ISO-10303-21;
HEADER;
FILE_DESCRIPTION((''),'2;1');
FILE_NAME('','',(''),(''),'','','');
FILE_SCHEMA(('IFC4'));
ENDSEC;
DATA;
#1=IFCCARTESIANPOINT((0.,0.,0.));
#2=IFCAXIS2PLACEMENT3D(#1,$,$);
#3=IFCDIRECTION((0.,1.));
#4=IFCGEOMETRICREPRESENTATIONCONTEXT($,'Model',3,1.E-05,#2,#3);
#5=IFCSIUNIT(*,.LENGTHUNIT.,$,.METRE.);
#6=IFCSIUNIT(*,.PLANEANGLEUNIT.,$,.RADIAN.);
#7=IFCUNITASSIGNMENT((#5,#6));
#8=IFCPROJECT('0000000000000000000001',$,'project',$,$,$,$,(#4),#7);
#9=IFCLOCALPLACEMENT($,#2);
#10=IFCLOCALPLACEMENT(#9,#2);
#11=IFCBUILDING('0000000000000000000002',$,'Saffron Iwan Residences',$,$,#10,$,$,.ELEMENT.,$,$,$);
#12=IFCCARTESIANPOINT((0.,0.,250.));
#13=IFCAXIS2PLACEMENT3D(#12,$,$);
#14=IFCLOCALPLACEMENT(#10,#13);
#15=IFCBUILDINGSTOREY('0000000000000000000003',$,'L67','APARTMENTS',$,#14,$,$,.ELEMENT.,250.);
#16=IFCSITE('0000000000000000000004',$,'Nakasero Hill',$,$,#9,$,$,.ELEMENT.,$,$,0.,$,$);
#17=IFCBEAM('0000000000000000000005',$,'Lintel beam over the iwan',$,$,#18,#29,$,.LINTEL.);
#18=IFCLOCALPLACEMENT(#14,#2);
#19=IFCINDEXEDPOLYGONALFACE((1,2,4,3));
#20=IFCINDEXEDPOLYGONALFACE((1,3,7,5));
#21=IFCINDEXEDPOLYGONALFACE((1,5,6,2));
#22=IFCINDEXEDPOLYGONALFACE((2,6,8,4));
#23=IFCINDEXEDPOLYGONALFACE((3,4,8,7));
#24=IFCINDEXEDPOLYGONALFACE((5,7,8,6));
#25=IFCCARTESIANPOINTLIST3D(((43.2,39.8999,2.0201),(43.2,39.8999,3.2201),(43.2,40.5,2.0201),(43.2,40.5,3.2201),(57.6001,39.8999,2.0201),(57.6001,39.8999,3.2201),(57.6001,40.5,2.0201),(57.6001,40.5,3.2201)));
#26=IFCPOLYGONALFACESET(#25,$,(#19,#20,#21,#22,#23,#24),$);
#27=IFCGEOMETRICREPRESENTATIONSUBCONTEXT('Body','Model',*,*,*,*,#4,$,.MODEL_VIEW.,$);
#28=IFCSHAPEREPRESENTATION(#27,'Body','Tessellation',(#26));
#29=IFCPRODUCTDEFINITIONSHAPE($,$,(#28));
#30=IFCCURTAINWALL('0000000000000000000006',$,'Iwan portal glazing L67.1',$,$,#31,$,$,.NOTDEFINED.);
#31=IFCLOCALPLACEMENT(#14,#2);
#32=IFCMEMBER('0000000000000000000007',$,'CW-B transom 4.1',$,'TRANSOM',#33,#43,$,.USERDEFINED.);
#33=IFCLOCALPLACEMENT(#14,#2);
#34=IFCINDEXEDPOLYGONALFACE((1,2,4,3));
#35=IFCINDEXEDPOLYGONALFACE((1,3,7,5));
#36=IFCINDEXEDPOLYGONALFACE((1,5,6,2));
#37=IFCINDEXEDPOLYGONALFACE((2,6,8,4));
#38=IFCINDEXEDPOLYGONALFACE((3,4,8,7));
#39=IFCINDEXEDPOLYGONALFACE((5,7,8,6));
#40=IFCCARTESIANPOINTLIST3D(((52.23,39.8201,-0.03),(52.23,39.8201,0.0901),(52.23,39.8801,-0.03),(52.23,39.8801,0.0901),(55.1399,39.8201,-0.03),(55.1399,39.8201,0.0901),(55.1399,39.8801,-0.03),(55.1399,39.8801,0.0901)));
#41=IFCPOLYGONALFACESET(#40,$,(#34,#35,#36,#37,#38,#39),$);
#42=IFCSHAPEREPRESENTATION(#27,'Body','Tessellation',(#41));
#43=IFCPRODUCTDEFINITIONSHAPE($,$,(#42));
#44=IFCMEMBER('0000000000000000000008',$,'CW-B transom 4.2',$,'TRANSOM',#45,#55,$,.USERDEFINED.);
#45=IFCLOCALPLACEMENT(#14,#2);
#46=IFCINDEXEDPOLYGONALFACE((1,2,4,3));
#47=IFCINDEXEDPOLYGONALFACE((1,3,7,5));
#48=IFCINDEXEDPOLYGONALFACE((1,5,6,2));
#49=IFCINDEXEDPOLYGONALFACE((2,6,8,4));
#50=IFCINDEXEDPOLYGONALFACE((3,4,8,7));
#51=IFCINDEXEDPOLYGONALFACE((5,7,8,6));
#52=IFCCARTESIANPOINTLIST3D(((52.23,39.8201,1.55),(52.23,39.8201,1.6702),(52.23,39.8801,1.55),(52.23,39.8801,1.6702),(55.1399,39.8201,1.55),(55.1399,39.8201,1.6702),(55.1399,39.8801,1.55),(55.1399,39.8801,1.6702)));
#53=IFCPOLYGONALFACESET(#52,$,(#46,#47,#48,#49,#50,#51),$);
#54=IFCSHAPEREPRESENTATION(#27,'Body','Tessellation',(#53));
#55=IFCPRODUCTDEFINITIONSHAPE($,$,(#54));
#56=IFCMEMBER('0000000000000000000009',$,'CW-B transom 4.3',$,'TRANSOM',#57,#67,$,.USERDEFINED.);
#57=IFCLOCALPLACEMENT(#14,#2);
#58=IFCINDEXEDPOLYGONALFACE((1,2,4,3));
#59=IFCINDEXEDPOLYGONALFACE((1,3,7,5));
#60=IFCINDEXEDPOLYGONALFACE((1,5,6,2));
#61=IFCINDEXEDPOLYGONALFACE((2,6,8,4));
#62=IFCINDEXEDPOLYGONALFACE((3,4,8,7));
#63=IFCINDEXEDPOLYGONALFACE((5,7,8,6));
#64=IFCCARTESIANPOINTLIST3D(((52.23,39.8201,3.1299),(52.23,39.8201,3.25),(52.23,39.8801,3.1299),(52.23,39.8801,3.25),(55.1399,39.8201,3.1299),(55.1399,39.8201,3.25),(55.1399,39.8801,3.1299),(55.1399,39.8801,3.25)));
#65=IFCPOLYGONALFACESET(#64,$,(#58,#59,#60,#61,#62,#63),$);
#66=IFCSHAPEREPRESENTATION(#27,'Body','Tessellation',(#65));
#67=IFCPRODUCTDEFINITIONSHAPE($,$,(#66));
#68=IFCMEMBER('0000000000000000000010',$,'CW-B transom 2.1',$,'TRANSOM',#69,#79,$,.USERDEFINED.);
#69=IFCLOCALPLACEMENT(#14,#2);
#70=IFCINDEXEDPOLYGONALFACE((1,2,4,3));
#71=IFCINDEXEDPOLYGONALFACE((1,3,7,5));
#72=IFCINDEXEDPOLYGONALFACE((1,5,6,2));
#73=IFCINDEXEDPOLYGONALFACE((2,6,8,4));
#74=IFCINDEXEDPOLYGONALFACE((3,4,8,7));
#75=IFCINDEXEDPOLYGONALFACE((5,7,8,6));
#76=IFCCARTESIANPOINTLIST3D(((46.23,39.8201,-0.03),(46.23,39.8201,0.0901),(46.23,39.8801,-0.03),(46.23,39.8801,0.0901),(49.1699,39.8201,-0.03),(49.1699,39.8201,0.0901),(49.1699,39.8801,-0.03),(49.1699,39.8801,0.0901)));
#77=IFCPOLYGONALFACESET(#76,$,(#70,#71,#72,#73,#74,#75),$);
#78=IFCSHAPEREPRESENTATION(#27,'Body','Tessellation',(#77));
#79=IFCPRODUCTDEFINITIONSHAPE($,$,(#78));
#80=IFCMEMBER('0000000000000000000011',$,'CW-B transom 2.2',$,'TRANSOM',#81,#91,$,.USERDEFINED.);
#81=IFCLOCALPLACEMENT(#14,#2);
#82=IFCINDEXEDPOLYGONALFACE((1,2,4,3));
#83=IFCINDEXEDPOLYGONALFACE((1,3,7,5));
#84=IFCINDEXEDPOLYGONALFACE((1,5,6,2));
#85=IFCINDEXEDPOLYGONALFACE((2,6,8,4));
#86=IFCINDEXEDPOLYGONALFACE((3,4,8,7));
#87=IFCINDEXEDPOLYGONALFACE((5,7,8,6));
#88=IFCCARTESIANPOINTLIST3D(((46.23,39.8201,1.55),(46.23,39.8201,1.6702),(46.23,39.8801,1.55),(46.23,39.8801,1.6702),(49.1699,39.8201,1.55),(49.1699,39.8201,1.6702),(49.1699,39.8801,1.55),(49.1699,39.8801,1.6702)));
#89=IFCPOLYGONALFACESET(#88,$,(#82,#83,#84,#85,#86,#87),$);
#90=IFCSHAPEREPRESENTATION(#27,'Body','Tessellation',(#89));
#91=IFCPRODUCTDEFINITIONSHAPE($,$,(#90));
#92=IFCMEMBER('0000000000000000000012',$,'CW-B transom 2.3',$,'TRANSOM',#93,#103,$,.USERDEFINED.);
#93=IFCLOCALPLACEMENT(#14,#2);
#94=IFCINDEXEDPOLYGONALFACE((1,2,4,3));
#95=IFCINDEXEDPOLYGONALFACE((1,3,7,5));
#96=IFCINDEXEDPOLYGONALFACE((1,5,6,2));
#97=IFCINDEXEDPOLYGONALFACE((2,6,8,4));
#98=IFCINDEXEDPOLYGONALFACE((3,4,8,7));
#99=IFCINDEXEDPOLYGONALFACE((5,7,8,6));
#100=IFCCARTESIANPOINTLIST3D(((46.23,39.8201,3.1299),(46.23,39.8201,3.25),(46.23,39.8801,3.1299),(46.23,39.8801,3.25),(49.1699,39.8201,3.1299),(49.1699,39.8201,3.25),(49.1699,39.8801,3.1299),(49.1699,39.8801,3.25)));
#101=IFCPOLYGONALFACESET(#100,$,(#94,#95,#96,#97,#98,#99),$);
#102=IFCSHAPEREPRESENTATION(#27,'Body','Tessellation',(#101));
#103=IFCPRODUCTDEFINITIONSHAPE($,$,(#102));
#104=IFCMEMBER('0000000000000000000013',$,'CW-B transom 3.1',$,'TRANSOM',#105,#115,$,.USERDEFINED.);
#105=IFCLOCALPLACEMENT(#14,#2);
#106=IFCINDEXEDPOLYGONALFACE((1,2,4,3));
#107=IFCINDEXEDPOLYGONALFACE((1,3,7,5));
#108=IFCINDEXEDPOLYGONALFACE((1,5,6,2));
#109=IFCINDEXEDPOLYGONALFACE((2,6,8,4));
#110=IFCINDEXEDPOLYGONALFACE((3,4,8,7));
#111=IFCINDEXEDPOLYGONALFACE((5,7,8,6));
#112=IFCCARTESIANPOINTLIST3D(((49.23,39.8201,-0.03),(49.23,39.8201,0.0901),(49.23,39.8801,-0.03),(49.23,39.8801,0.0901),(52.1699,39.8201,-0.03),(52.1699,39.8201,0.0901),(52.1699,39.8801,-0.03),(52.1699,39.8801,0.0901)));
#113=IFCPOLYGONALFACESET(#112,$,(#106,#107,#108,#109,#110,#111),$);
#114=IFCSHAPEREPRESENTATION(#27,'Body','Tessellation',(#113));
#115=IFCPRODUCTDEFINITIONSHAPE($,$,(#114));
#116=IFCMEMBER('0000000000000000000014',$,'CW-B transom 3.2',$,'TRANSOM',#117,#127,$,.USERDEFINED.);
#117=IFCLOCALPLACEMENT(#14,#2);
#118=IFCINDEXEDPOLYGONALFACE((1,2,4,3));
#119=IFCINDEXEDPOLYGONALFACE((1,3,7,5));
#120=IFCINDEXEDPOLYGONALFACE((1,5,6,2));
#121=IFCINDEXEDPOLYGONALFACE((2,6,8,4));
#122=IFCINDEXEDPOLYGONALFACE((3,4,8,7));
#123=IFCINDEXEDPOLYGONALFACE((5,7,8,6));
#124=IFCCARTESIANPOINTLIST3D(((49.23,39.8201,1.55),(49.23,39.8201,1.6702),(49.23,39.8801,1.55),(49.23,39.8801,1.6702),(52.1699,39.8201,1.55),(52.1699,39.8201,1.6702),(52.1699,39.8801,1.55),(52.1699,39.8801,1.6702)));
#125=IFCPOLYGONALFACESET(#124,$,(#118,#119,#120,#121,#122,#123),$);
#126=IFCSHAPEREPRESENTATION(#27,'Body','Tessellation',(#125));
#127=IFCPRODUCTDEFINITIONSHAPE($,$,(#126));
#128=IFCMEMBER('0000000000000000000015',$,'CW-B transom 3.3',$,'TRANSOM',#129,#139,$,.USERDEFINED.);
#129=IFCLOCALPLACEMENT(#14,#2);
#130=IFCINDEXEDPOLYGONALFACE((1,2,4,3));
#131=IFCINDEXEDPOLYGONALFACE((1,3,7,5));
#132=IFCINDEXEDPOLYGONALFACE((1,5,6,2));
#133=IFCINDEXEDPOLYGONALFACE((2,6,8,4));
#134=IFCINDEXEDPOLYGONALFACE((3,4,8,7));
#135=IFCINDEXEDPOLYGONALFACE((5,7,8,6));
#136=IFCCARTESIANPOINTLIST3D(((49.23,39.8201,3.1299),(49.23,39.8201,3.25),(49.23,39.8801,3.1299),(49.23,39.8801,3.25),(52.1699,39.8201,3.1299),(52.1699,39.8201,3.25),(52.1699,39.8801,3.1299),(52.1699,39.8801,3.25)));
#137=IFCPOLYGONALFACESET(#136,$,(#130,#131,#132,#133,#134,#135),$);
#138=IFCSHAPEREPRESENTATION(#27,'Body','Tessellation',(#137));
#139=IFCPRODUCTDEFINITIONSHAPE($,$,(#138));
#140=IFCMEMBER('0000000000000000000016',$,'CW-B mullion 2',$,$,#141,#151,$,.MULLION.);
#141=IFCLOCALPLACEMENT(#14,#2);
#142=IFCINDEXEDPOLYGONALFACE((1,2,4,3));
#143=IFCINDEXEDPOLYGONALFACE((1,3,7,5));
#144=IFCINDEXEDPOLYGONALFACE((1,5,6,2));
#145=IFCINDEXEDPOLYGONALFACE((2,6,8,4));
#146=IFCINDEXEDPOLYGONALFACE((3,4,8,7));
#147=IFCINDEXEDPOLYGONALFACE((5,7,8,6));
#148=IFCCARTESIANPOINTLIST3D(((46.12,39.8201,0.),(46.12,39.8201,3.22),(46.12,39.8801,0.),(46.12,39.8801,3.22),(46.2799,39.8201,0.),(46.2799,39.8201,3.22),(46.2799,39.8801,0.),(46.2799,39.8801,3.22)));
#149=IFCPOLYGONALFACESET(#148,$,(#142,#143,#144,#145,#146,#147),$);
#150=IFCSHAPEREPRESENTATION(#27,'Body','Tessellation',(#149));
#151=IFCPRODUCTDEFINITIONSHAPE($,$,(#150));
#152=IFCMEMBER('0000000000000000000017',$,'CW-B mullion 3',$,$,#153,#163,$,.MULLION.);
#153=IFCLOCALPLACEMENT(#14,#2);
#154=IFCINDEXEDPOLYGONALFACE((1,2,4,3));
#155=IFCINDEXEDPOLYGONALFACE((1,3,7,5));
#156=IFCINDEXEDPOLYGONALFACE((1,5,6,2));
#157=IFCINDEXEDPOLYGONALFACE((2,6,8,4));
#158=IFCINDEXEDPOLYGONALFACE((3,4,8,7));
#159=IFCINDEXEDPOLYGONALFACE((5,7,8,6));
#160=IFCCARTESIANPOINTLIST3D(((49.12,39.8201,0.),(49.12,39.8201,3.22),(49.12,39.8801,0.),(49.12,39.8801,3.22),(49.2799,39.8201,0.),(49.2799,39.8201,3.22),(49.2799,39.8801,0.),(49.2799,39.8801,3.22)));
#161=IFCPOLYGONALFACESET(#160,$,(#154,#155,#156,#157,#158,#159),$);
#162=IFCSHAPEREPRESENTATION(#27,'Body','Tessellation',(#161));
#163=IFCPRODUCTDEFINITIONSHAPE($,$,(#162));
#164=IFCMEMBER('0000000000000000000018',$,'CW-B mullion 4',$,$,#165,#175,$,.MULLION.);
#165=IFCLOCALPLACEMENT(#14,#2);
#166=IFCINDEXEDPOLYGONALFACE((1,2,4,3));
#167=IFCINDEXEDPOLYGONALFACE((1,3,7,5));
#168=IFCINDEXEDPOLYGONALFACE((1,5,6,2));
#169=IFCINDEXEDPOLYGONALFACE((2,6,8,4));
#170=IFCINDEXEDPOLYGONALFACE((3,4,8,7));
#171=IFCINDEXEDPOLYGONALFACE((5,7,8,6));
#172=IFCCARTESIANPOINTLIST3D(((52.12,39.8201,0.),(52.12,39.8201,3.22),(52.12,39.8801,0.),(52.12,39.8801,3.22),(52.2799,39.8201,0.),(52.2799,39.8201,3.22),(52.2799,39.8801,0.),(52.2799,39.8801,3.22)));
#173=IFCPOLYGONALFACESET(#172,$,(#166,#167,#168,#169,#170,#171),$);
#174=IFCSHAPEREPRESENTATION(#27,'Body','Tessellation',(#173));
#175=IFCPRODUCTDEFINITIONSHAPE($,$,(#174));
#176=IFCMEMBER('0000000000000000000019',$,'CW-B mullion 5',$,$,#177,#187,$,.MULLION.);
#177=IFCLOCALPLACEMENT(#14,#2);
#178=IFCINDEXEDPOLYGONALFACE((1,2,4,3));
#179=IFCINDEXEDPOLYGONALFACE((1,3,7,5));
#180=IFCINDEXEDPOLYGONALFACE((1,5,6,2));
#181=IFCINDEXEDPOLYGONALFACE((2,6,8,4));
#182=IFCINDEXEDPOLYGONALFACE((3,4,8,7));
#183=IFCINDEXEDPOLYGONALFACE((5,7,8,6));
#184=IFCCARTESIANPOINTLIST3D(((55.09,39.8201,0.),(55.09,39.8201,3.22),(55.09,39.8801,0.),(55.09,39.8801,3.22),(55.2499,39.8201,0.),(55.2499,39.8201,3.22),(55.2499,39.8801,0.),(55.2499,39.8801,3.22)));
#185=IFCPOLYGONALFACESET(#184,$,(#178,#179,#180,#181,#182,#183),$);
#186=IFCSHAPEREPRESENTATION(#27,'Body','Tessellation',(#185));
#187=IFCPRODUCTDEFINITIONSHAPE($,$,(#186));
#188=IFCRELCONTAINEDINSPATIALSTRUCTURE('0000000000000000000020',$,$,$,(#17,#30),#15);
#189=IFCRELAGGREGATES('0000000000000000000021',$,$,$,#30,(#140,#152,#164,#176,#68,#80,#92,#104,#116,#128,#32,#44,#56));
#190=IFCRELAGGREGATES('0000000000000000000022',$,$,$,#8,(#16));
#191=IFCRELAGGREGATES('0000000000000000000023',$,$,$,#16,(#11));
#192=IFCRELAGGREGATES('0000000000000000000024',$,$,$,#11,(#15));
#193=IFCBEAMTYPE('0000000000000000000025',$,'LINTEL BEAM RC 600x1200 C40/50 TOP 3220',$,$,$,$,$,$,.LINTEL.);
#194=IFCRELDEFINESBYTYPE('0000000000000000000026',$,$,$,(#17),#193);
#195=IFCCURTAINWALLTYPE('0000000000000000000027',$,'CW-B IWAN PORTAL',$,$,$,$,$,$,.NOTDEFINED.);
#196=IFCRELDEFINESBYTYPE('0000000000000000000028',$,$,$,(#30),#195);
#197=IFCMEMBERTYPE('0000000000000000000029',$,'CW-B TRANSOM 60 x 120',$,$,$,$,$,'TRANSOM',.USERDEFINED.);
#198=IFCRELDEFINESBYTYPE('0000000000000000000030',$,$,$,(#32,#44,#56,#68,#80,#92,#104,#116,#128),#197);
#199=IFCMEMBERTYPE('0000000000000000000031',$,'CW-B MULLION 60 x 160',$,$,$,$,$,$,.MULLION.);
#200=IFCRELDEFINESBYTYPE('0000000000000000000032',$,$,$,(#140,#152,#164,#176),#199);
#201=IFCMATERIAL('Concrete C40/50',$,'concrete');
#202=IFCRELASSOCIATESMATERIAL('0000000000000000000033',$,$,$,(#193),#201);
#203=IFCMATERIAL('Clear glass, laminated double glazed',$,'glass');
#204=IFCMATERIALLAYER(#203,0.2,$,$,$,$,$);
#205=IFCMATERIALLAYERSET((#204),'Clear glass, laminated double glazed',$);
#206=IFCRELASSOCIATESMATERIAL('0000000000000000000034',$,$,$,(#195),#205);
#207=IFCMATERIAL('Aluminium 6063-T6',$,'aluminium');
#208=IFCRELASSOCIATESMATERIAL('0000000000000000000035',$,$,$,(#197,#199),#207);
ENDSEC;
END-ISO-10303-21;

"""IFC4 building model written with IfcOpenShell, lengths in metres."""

from ifc_helpers import new_model, si_unit, direction, frame, origin, origin_2d, place, context, subcontext, project, spatial, rectangle, extrude, source, transform, mapped, material, layer, layer_set, material_profile, profile_set, type_object, element, aggregate, save


model = new_model("IFC4")

# Units and contexts
model_context = context("Model", 3, precision=1e-05, world=origin(), true_north=direction((0.0, 1.0)))
body_context = subcontext(model_context, "Body", "Model", "MODEL_VIEW")
ifc_project = project(units=[si_unit("LENGTHUNIT", "METRE"), si_unit("PLANEANGLEUNIT", "RADIAN")], contexts=[model_context])

# Site, building, storey
site_placement = place(None, origin())
site = spatial("IfcSite", under=ifc_project, at=site_placement, Name="Nakasero Hill", CompositionType="ELEMENT", RefElevation=0.0)
building_placement = place(site_placement, origin())
building = spatial("IfcBuilding", under=site, at=building_placement, Name="Saffron Iwan Residences", CompositionType="ELEMENT")
storey_placement = place(building_placement, frame((0.0, 0.0, 250.0)))
storey = spatial("IfcBuildingStorey", under=building, at=storey_placement, Name="L67", Description="APARTMENTS", CompositionType="ELEMENT", Elevation=250.0)

# Beam
ifc_material_1 = material(Name="Concrete C40/50", Category="concrete")
ifc_material_profile_1 = material_profile(ifc_material_1, rectangle(XDim=0.6001, YDim=1.2, at=origin_2d()), Name="RC 600x1200")
ifc_profile_set_1 = profile_set([ifc_material_profile_1], Name="Concrete C40/50")
beam_type = type_object("IfcBeamType", Name="LINTEL BEAM RC 600x1200 C40/50 TOP 3220", PredefinedType="LINTEL", material=ifc_profile_set_1)
shared_shape_1 = source(origin(), body_context, "Body", "SweptSolid", [
    extrude(rectangle(XDim=0.6001, YDim=1.2, at=origin_2d()), origin(), (0.0, 0.0, 1.0), 14.4001),
])
beam_placement = place(storey_placement, frame((57.6001, 40.2, 2.6201), z_axis=(-1.0, 0.0, 0.0), x_axis=(0.0, -1.0, 0.0)))
element("IfcBeam", 1, at=beam_placement, inside=storey, type_object=beam_type, Name="Lintel beam over the iwan", PredefinedType="LINTEL", context=body_context, shape_type="MappedRepresentation", body=[
    mapped(shared_shape_1, transform((0.0, 0.0, 0.0))),
])

# Curtain wall, members
ifc_material_2 = material(Name="Clear glass, laminated double glazed", Category="glass")
ifc_layer_1 = layer(ifc_material_2, 0.2)
ifc_layer_set_1 = layer_set([ifc_layer_1], Name="Clear glass, laminated double glazed")
curtain_wall_type = type_object("IfcCurtainWallType", Name="CW-B IWAN PORTAL", PredefinedType="NOTDEFINED", material=ifc_layer_set_1)
curtain_wall_placement = place(storey_placement, origin())
curtain_wall = element("IfcCurtainWall", 2, at=curtain_wall_placement, inside=storey, type_object=curtain_wall_type, Name="Iwan portal glazing L67.1", PredefinedType="NOTDEFINED")
ifc_material_3 = material(Name="Aluminium 6063-T6", Category="aluminium")
ifc_material_profile_2 = material_profile(ifc_material_3, rectangle(XDim=0.0601, YDim=0.1201, at=origin_2d()), Name="CW-B TRANSOM 60 x 120")
ifc_profile_set_2 = profile_set([ifc_material_profile_2], Name="Aluminium 6063-T6")
member_type_1 = type_object("IfcMemberType", Name="CW-B TRANSOM 60 x 120", ElementType="TRANSOM", PredefinedType="USERDEFINED", material=ifc_profile_set_2)
shared_shape_2 = source(origin(), body_context, "Body", "SweptSolid", [
    extrude(rectangle(XDim=0.0601, YDim=0.1201, at=origin_2d()), origin(), (0.0, 0.0, 1.0), 2.9099),
])
member_1_placement = place(storey_placement, frame((52.23, 39.8501, 0.03), z_axis=(1.0, 0.0, 0.0), x_axis=(0.0, 1.0, 0.0)))
member_1 = element("IfcMember", 3, at=member_1_placement, type_object=member_type_1, Name="CW-B transom 4.1", ObjectType="TRANSOM", PredefinedType="USERDEFINED", context=body_context, shape_type="MappedRepresentation", body=[
    mapped(shared_shape_2, transform((0.0, 0.0, 0.0))),
])
member_2_placement = place(storey_placement, frame((52.23, 39.8501, 1.6101), z_axis=(1.0, 0.0, 0.0), x_axis=(0.0, 1.0, 0.0)))
member_2 = element("IfcMember", 4, at=member_2_placement, type_object=member_type_1, Name="CW-B transom 4.2", ObjectType="TRANSOM", PredefinedType="USERDEFINED", context=body_context, shape_type="MappedRepresentation", body=[
    mapped(shared_shape_2, transform((0.0, 0.0, 0.0))),
])
member_3_placement = place(storey_placement, frame((52.23, 39.8501, 3.1899), z_axis=(1.0, 0.0, 0.0), x_axis=(0.0, 1.0, 0.0)))
member_3 = element("IfcMember", 5, at=member_3_placement, type_object=member_type_1, Name="CW-B transom 4.3", ObjectType="TRANSOM", PredefinedType="USERDEFINED", context=body_context, shape_type="MappedRepresentation", body=[
    mapped(shared_shape_2, transform((0.0, 0.0, 0.0))),
])
shared_shape_3 = source(origin(), body_context, "Body", "SweptSolid", [
    extrude(rectangle(XDim=0.0601, YDim=0.1201, at=origin_2d()), origin(), (0.0, 0.0, 1.0), 2.9399),
])
member_4_placement = place(storey_placement, frame((46.23, 39.8501, 0.03), z_axis=(1.0, 0.0, 0.0), x_axis=(0.0, 1.0, 0.0)))
member_4 = element("IfcMember", 6, at=member_4_placement, type_object=member_type_1, Name="CW-B transom 2.1", ObjectType="TRANSOM", PredefinedType="USERDEFINED", context=body_context, shape_type="MappedRepresentation", body=[
    mapped(shared_shape_3, transform((0.0, 0.0, 0.0))),
])
member_5_placement = place(storey_placement, frame((46.23, 39.8501, 1.6101), z_axis=(1.0, 0.0, 0.0), x_axis=(0.0, 1.0, 0.0)))
member_5 = element("IfcMember", 7, at=member_5_placement, type_object=member_type_1, Name="CW-B transom 2.2", ObjectType="TRANSOM", PredefinedType="USERDEFINED", context=body_context, shape_type="MappedRepresentation", body=[
    mapped(shared_shape_3, transform((0.0, 0.0, 0.0))),
])
member_6_placement = place(storey_placement, frame((46.23, 39.8501, 3.1899), z_axis=(1.0, 0.0, 0.0), x_axis=(0.0, 1.0, 0.0)))
member_6 = element("IfcMember", 8, at=member_6_placement, type_object=member_type_1, Name="CW-B transom 2.3", ObjectType="TRANSOM", PredefinedType="USERDEFINED", context=body_context, shape_type="MappedRepresentation", body=[
    mapped(shared_shape_3, transform((0.0, 0.0, 0.0))),
])
member_7_placement = place(storey_placement, frame((49.23, 39.8501, 0.03), z_axis=(1.0, 0.0, 0.0), x_axis=(0.0, 1.0, 0.0)))
member_7 = element("IfcMember", 9, at=member_7_placement, type_object=member_type_1, Name="CW-B transom 3.1", ObjectType="TRANSOM", PredefinedType="USERDEFINED", context=body_context, shape_type="MappedRepresentation", body=[
    mapped(shared_shape_3, transform((0.0, 0.0, 0.0))),
])
member_8_placement = place(storey_placement, frame((49.23, 39.8501, 1.6101), z_axis=(1.0, 0.0, 0.0), x_axis=(0.0, 1.0, 0.0)))
member_8 = element("IfcMember", 10, at=member_8_placement, type_object=member_type_1, Name="CW-B transom 3.2", ObjectType="TRANSOM", PredefinedType="USERDEFINED", context=body_context, shape_type="MappedRepresentation", body=[
    mapped(shared_shape_3, transform((0.0, 0.0, 0.0))),
])
member_9_placement = place(storey_placement, frame((49.23, 39.8501, 3.1899), z_axis=(1.0, 0.0, 0.0), x_axis=(0.0, 1.0, 0.0)))
member_9 = element("IfcMember", 11, at=member_9_placement, type_object=member_type_1, Name="CW-B transom 3.3", ObjectType="TRANSOM", PredefinedType="USERDEFINED", context=body_context, shape_type="MappedRepresentation", body=[
    mapped(shared_shape_3, transform((0.0, 0.0, 0.0))),
])
ifc_material_profile_3 = material_profile(ifc_material_3, rectangle(XDim=0.0601, YDim=0.1599, at=origin_2d()), Name="CW-B MULLION 60 x 160")
ifc_profile_set_3 = profile_set([ifc_material_profile_3], Name="Aluminium 6063-T6")
member_type_2 = type_object("IfcMemberType", Name="CW-B MULLION 60 x 160", PredefinedType="MULLION", material=ifc_profile_set_3)
shared_shape_4 = source(origin(), body_context, "Body", "SweptSolid", [
    extrude(rectangle(XDim=0.0601, YDim=0.1599, at=origin_2d()), origin(), (0.0, 0.0, 1.0), 3.22),
])
member_10_placement = place(storey_placement, frame((46.2, 39.8501, 0.0), z_axis=(0.0, 0.0, 1.0), x_axis=(0.0, 1.0, 0.0)))
member_10 = element("IfcMember", 12, at=member_10_placement, type_object=member_type_2, Name="CW-B mullion 2", PredefinedType="MULLION", context=body_context, shape_type="MappedRepresentation", body=[
    mapped(shared_shape_4, transform((0.0, 0.0, 0.0))),
])
member_11_placement = place(storey_placement, frame((49.2, 39.8501, 0.0), z_axis=(0.0, 0.0, 1.0), x_axis=(0.0, 1.0, 0.0)))
member_11 = element("IfcMember", 13, at=member_11_placement, type_object=member_type_2, Name="CW-B mullion 3", PredefinedType="MULLION", context=body_context, shape_type="MappedRepresentation", body=[
    mapped(shared_shape_4, transform((0.0, 0.0, 0.0))),
])
member_12_placement = place(storey_placement, frame((52.2, 39.8501, 0.0), z_axis=(0.0, 0.0, 1.0), x_axis=(0.0, 1.0, 0.0)))
member_12 = element("IfcMember", 14, at=member_12_placement, type_object=member_type_2, Name="CW-B mullion 4", PredefinedType="MULLION", context=body_context, shape_type="MappedRepresentation", body=[
    mapped(shared_shape_4, transform((0.0, 0.0, 0.0))),
])
member_13_placement = place(storey_placement, frame((55.1699, 39.8501, 0.0), z_axis=(0.0, 0.0, 1.0), x_axis=(0.0, 1.0, 0.0)))
member_13 = element("IfcMember", 15, at=member_13_placement, type_object=member_type_2, Name="CW-B mullion 5", PredefinedType="MULLION", context=body_context, shape_type="MappedRepresentation", body=[
    mapped(shared_shape_4, transform((0.0, 0.0, 0.0))),
])
aggregate(curtain_wall, [member_10, member_11, member_12, member_13, member_4, member_5, member_6, member_7, member_8, member_9, member_1, member_2, member_3])

save(model, "model.ifc")
